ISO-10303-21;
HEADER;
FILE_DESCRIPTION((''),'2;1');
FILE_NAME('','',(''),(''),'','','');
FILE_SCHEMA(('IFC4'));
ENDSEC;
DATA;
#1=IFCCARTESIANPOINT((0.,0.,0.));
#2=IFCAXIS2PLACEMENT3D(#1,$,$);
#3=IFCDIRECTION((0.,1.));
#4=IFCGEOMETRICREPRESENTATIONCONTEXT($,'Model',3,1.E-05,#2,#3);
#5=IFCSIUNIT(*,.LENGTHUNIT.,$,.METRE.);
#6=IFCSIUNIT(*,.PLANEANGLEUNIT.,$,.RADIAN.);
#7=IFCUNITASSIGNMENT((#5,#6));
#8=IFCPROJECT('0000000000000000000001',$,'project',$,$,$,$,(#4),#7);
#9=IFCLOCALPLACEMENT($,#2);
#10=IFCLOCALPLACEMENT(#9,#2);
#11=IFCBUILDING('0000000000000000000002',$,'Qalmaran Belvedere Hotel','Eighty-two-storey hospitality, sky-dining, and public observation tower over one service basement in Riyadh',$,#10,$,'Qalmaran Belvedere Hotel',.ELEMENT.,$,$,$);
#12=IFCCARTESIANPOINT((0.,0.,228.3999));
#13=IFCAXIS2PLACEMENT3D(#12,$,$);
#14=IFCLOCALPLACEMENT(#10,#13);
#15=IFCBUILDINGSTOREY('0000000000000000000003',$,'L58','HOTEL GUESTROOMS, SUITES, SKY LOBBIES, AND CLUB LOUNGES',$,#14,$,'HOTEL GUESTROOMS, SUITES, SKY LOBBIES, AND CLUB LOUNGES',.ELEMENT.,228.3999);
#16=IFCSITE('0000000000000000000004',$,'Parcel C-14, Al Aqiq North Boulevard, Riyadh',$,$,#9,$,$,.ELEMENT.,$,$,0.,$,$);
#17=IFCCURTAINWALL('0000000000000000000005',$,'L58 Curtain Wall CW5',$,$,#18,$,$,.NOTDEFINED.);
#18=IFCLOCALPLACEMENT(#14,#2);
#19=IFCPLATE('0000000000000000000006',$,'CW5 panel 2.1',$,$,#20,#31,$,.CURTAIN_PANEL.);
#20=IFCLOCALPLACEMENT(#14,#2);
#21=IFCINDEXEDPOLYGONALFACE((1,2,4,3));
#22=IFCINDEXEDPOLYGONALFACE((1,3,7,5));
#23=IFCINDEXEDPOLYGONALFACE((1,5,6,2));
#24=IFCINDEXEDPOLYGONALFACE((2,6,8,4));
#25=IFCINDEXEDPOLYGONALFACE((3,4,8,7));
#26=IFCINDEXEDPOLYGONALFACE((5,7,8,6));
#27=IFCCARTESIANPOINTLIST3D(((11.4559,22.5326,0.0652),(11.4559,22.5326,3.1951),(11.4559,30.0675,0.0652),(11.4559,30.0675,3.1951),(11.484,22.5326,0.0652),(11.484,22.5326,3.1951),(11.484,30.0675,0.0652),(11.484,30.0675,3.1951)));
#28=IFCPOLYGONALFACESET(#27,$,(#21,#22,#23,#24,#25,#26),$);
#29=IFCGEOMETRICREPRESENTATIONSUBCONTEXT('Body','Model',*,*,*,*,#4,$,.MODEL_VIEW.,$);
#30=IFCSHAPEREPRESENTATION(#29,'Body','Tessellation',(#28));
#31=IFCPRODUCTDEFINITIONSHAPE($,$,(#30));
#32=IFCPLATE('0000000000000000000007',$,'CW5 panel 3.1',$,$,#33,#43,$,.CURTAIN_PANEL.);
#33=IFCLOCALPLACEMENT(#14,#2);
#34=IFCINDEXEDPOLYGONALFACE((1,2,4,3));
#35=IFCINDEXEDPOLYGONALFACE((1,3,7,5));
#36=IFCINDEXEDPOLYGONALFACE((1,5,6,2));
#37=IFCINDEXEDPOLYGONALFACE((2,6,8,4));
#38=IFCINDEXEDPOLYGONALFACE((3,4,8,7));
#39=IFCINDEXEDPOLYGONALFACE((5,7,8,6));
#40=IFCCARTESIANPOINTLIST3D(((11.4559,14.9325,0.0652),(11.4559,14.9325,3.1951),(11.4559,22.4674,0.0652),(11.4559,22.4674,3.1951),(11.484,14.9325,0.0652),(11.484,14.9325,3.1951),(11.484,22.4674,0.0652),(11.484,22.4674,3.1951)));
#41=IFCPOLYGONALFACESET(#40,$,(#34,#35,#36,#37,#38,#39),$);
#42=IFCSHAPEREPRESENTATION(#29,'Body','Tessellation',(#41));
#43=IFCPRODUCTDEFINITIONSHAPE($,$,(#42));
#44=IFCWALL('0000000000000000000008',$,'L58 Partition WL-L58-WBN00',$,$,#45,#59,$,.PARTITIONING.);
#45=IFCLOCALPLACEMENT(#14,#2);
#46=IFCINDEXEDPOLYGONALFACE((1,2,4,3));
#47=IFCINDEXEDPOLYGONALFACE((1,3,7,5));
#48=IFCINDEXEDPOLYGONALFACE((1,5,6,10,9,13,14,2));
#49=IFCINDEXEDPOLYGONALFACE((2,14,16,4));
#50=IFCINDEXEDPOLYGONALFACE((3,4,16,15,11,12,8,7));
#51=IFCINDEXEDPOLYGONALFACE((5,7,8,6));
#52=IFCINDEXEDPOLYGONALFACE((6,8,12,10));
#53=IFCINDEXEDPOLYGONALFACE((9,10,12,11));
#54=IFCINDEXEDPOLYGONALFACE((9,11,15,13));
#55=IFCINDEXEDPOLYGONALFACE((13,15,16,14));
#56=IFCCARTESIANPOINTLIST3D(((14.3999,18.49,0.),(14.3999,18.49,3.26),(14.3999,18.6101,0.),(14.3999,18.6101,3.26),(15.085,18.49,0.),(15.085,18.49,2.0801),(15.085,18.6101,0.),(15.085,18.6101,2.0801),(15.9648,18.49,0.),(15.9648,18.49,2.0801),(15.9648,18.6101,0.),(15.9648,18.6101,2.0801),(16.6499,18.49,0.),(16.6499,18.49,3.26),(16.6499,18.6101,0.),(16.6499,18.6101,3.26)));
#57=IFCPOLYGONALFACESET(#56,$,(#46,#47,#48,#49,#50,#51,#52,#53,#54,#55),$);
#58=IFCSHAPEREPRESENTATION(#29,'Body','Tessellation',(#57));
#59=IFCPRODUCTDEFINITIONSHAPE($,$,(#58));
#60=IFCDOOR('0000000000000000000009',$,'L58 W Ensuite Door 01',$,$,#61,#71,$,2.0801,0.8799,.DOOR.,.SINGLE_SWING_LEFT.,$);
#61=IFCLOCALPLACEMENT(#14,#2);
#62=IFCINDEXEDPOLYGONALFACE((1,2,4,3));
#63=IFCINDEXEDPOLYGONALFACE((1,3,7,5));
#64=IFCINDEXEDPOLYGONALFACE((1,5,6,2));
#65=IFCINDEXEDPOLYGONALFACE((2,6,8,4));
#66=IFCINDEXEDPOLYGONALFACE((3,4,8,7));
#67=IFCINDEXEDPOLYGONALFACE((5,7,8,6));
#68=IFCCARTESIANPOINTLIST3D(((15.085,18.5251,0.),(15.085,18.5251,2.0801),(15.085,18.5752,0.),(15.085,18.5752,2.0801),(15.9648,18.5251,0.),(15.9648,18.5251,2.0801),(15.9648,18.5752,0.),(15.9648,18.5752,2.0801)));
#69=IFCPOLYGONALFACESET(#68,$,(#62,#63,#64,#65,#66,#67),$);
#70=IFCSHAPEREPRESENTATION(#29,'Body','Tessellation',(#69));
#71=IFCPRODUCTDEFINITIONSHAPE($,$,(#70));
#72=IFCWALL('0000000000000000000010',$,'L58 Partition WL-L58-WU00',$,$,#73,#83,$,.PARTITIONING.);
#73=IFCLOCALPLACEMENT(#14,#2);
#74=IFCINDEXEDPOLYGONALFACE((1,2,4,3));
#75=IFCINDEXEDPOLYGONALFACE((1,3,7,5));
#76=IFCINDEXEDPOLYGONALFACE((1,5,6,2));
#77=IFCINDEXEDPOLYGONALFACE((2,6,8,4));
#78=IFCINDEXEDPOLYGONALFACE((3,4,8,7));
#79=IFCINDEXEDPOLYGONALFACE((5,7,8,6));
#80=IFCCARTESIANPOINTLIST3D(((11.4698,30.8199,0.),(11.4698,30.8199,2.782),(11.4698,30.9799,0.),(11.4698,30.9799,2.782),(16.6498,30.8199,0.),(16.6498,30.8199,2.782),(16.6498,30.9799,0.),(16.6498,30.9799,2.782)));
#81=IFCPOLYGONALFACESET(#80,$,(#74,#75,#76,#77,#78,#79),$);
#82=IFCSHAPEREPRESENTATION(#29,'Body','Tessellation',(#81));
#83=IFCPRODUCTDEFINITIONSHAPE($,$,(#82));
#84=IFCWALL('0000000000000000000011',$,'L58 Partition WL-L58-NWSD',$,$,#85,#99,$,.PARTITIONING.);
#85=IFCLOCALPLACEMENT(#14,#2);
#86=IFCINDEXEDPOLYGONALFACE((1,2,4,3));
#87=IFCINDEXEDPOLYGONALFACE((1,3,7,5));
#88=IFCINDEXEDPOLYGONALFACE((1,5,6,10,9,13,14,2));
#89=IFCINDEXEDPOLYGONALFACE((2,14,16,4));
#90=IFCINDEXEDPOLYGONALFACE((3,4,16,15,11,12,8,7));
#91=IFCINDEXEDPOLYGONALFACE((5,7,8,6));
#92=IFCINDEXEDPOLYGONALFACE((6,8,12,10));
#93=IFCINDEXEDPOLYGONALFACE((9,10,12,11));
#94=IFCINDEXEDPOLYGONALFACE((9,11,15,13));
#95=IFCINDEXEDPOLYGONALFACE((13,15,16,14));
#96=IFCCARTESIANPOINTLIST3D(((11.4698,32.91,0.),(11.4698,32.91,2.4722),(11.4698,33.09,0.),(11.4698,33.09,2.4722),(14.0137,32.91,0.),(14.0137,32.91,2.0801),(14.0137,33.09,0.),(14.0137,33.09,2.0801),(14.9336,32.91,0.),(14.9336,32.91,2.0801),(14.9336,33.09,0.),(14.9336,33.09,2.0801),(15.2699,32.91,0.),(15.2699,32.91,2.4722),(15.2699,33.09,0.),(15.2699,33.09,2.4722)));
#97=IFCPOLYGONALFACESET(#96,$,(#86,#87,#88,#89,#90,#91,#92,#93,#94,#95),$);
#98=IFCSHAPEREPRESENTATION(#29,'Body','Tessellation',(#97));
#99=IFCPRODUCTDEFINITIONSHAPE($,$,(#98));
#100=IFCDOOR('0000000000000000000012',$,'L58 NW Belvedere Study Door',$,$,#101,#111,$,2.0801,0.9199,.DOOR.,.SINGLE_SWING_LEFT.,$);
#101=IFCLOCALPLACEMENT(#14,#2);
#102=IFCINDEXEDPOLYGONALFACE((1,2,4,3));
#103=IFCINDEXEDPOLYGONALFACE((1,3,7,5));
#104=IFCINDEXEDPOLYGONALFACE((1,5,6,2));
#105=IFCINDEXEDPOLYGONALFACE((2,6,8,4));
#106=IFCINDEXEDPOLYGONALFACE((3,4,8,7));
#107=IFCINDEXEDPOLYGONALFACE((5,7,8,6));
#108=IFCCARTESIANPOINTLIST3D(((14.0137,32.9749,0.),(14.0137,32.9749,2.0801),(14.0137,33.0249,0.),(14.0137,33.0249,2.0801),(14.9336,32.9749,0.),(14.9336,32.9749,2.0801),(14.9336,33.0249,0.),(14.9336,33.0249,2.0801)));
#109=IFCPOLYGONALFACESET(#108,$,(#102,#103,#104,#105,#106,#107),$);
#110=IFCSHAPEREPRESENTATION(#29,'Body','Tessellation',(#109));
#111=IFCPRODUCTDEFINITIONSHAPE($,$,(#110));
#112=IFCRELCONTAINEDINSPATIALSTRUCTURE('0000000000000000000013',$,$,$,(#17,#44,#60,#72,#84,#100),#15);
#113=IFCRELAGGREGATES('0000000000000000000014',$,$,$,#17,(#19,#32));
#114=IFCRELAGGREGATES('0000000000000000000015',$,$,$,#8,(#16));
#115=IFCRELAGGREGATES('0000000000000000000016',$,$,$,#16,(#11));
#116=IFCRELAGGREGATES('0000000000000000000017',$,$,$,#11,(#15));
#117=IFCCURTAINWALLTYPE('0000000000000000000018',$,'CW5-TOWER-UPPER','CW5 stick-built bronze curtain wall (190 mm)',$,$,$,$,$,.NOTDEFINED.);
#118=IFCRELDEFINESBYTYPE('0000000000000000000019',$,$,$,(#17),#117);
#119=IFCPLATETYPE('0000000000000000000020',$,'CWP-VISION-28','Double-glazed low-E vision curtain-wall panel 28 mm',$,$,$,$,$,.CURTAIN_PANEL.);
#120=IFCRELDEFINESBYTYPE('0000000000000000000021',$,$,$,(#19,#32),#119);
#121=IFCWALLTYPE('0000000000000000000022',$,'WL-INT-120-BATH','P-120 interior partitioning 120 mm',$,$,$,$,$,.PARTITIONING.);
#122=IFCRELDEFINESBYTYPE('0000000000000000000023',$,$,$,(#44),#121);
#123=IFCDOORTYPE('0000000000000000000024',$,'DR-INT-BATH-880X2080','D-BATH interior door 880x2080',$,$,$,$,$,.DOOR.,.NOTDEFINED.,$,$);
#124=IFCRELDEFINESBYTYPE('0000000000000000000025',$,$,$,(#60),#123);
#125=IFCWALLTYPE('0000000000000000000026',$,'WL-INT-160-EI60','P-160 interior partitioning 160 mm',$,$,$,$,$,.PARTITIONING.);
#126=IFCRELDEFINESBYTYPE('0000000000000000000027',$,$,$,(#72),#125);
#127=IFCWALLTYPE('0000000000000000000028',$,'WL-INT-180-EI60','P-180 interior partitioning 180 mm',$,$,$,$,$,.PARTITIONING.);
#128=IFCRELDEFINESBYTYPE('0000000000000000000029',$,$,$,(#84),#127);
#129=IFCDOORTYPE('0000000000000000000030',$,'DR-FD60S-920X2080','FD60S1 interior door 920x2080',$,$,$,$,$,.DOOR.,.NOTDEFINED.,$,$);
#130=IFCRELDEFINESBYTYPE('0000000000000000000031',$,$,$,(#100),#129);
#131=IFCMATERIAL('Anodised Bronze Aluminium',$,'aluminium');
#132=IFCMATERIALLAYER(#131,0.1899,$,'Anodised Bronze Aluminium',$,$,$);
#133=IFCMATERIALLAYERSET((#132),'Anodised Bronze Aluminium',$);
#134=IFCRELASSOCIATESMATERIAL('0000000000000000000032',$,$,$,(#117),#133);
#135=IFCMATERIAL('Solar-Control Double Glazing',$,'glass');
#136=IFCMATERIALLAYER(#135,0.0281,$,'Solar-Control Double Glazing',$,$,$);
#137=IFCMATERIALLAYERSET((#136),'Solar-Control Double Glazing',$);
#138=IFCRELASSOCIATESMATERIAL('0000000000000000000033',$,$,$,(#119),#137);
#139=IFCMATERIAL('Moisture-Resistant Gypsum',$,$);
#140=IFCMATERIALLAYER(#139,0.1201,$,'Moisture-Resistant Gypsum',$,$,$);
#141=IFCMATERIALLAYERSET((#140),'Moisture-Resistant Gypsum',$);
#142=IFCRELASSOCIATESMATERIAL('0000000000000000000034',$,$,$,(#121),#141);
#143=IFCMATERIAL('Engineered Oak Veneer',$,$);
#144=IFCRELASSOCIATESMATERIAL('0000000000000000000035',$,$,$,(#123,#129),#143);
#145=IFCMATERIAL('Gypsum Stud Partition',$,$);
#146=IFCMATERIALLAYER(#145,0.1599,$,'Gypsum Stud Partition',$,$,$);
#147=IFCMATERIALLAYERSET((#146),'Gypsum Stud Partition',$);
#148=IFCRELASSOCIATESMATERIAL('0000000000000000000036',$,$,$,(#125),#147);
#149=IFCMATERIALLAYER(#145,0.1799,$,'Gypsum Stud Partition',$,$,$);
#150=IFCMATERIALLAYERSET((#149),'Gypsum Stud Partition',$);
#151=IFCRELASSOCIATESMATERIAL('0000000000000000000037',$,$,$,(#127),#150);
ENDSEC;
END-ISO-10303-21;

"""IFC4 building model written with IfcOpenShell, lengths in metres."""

from ifc_helpers import new_model, si_unit, direction, frame, frame_2d, origin, origin_2d, place, context, subcontext, project, spatial, rectangle, extrude, material, layer, layer_set, type_object, element, fill, aggregate, save


model = new_model("IFC4")

# Units and contexts
model_context = context("Model", 3, precision=1e-05, world=origin(), true_north=direction((0.0, 1.0)))
body_context = subcontext(model_context, "Body", "Model", "MODEL_VIEW")
ifc_project = project(units=[si_unit("LENGTHUNIT", "METRE"), si_unit("PLANEANGLEUNIT", "RADIAN")], contexts=[model_context])

# Site, building, storey
site_placement = place(None, origin())
site = spatial("IfcSite", under=ifc_project, at=site_placement, Name="Parcel C-14, Al Aqiq North Boulevard, Riyadh", CompositionType="ELEMENT", RefElevation=0.0)
building_placement = place(site_placement, origin())
building = spatial("IfcBuilding", under=site, at=building_placement, Name="Qalmaran Belvedere Hotel", Description="Eighty-two-storey hospitality, sky-dining, and public observation tower over one service basement in Riyadh", LongName="Qalmaran Belvedere Hotel", CompositionType="ELEMENT")
storey_placement = place(building_placement, frame((0.0, 0.0, 228.3999)))
storey = spatial("IfcBuildingStorey", under=building, at=storey_placement, Name="L58", Description="HOTEL GUESTROOMS, SUITES, SKY LOBBIES, AND CLUB LOUNGES", LongName="HOTEL GUESTROOMS, SUITES, SKY LOBBIES, AND CLUB LOUNGES", CompositionType="ELEMENT", Elevation=228.3999)

# Curtain wall, plates
ifc_material_1 = material(Name="Anodised Bronze Aluminium", Category="aluminium")
ifc_layer_1 = layer(ifc_material_1, 0.1899, Name="Anodised Bronze Aluminium")
ifc_layer_set_1 = layer_set([ifc_layer_1], Name="Anodised Bronze Aluminium")
curtain_wall_type = type_object("IfcCurtainWallType", Name="CW5-TOWER-UPPER", Description="CW5 stick-built bronze curtain wall (190 mm)", PredefinedType="NOTDEFINED", material=ifc_layer_set_1)
curtain_wall_placement = place(storey_placement, origin())
curtain_wall = element("IfcCurtainWall", 1, at=curtain_wall_placement, inside=storey, type_object=curtain_wall_type, Name="L58 Curtain Wall CW5", PredefinedType="NOTDEFINED")
ifc_material_2 = material(Name="Solar-Control Double Glazing", Category="glass")
ifc_layer_2 = layer(ifc_material_2, 0.0281, Name="Solar-Control Double Glazing")
ifc_layer_set_2 = layer_set([ifc_layer_2], Name="Solar-Control Double Glazing")
plate_type = type_object("IfcPlateType", Name="CWP-VISION-28", Description="Double-glazed low-E vision curtain-wall panel 28 mm", PredefinedType="CURTAIN_PANEL", material=ifc_layer_set_2)
plate_1_placement = place(storey_placement, frame((11.47, 26.3, 0.0652), z_axis=(0.0, 0.0, 1.0), x_axis=(0.0, -1.0, 0.0)))
plate_1 = element("IfcPlate", 2, at=plate_1_placement, type_object=plate_type, Name="CW5 panel 2.1", PredefinedType="CURTAIN_PANEL", context=body_context, shape_type="SweptSolid", body=[
    extrude(rectangle(XDim=7.5349, YDim=0.0281, at=origin_2d()), origin(), (0.0, 0.0, 1.0), 3.1299),
])
plate_2_placement = place(storey_placement, frame((11.47, 18.7, 0.0652), z_axis=(0.0, 0.0, 1.0), x_axis=(0.0, -1.0, 0.0)))
plate_2 = element("IfcPlate", 3, at=plate_2_placement, type_object=plate_type, Name="CW5 panel 3.1", PredefinedType="CURTAIN_PANEL", context=body_context, shape_type="SweptSolid", body=[
    extrude(rectangle(XDim=7.5349, YDim=0.0281, at=origin_2d()), origin(), (0.0, 0.0, 1.0), 3.1299),
])
aggregate(curtain_wall, [plate_1, plate_2])

# Wall, opening, door
ifc_material_3 = material(Name="Moisture-Resistant Gypsum")
ifc_layer_3 = layer(ifc_material_3, 0.1201, Name="Moisture-Resistant Gypsum")
ifc_layer_set_3 = layer_set([ifc_layer_3], Name="Moisture-Resistant Gypsum")
wall_type_1 = type_object("IfcWallType", Name="WL-INT-120-BATH", Description="P-120 interior partitioning 120 mm", PredefinedType="PARTITIONING", material=ifc_layer_set_3)
wall_1_placement = place(storey_placement, frame((14.3999, 18.55, 0.0), z_axis=(0.0, 0.0, 1.0), x_axis=(1.0, 0.0, 0.0)))
wall_1 = element("IfcWall", 4, at=wall_1_placement, inside=storey, type_object=wall_type_1, Name="L58 Partition WL-L58-WBN00", PredefinedType="PARTITIONING", context=body_context, shape_type="SweptSolid", body=[
    extrude(rectangle(XDim=2.25, YDim=0.1201, at=frame_2d((1.125, 0.0))), origin(), (0.0, 0.0, 1.0), 3.26),
])
opening_1_placement = place(wall_1_placement, frame((1.5649, 0.0, 0.0), z_axis=(0.0, 0.0, 1.0), x_axis=(-1.0, 0.0, 0.0)))
opening_1 = element("IfcOpeningElement", 5, at=opening_1_placement, cuts=wall_1, PredefinedType="OPENING", context=body_context, shape_type="SweptSolid", body=[
    extrude(rectangle(XDim=0.8799, YDim=2.0801, at=frame_2d((0.4399, 1.04))), frame((0.0, 0.0701, 0.0), z_axis=(0.0, -1.0, 0.0), x_axis=(1.0, 0.0, 0.0)), (0.0, 0.0, 1.0), 0.1401),
])
ifc_material_4 = material(Name="Engineered Oak Veneer")
door_type_1 = type_object("IfcDoorType", Name="DR-INT-BATH-880X2080", Description="D-BATH interior door 880x2080", OperationType="NOTDEFINED", PredefinedType="DOOR", material=ifc_material_4)
door_1_placement = place(opening_1_placement, origin())
door_1 = element("IfcDoor", 6, at=door_1_placement, inside=storey, type_object=door_type_1, Name="L58 W Ensuite Door 01", OperationType="SINGLE_SWING_LEFT", OverallHeight=2.0801, OverallWidth=0.8799, PredefinedType="DOOR", context=body_context, shape_type="SweptSolid", body=[
    extrude(rectangle(XDim=0.8799, YDim=2.0801, at=frame_2d((0.4399, 1.04))), frame((0.0, 0.0249, 0.0), z_axis=(0.0, -1.0, 0.0), x_axis=(1.0, 0.0, 0.0)), (0.0, 0.0, 1.0), 0.05),
])
fill(opening_1, door_1)

# Wall
ifc_material_5 = material(Name="Gypsum Stud Partition")
ifc_layer_4 = layer(ifc_material_5, 0.1599, Name="Gypsum Stud Partition")
ifc_layer_set_4 = layer_set([ifc_layer_4], Name="Gypsum Stud Partition")
wall_type_2 = type_object("IfcWallType", Name="WL-INT-160-EI60", Description="P-160 interior partitioning 160 mm", PredefinedType="PARTITIONING", material=ifc_layer_set_4)
wall_2_placement = place(storey_placement, frame((11.47, 30.8999, 0.0), z_axis=(0.0, 0.0, 1.0), x_axis=(1.0, 0.0, 0.0)))
element("IfcWall", 7, at=wall_2_placement, inside=storey, type_object=wall_type_2, Name="L58 Partition WL-L58-WU00", PredefinedType="PARTITIONING", context=body_context, shape_type="SweptSolid", body=[
    extrude(rectangle(XDim=5.1799, YDim=0.1599, at=frame_2d((2.5898, 0.0))), origin(), (0.0, 0.0, 1.0), 2.782),
])

# Wall, opening, door
ifc_layer_5 = layer(ifc_material_5, 0.1799, Name="Gypsum Stud Partition")
ifc_layer_set_5 = layer_set([ifc_layer_5], Name="Gypsum Stud Partition")
wall_type_3 = type_object("IfcWallType", Name="WL-INT-180-EI60", Description="P-180 interior partitioning 180 mm", PredefinedType="PARTITIONING", material=ifc_layer_set_5)
wall_3_placement = place(storey_placement, frame((11.47, 33.0, 0.0), z_axis=(0.0, 0.0, 1.0), x_axis=(1.0, 0.0, 0.0)))
wall_3 = element("IfcWall", 8, at=wall_3_placement, inside=storey, type_object=wall_type_3, Name="L58 Partition WL-L58-NWSD", PredefinedType="PARTITIONING", context=body_context, shape_type="SweptSolid", body=[
    extrude(rectangle(XDim=3.8, YDim=0.1799, at=frame_2d((1.8999, 0.0))), origin(), (0.0, 0.0, 1.0), 2.4722),
])
opening_2_placement = place(wall_3_placement, frame((2.5437, 0.0, 0.0)))
opening_2 = element("IfcOpeningElement", 9, at=opening_2_placement, cuts=wall_3, PredefinedType="OPENING", context=body_context, shape_type="SweptSolid", body=[
    extrude(rectangle(XDim=0.9199, YDim=2.0801, at=frame_2d((0.46, 1.04))), frame((0.0, 0.1001, 0.0), z_axis=(0.0, -1.0, 0.0), x_axis=(1.0, 0.0, 0.0)), (0.0, 0.0, 1.0), 0.2),
])
door_type_2 = type_object("IfcDoorType", Name="DR-FD60S-920X2080", Description="FD60S1 interior door 920x2080", OperationType="NOTDEFINED", PredefinedType="DOOR", material=ifc_material_4)
door_2_placement = place(opening_2_placement, origin())
door_2 = element("IfcDoor", 10, at=door_2_placement, inside=storey, type_object=door_type_2, Name="L58 NW Belvedere Study Door", OperationType="SINGLE_SWING_LEFT", OverallHeight=2.0801, OverallWidth=0.9199, PredefinedType="DOOR", context=body_context, shape_type="SweptSolid", body=[
    extrude(rectangle(XDim=0.9199, YDim=2.0801, at=frame_2d((0.46, 1.04))), frame((0.0, 0.0249, 0.0), z_axis=(0.0, -1.0, 0.0), x_axis=(1.0, 0.0, 0.0)), (0.0, 0.0, 1.0), 0.05),
])
fill(opening_2, door_2)

save(model, "model.ifc")
